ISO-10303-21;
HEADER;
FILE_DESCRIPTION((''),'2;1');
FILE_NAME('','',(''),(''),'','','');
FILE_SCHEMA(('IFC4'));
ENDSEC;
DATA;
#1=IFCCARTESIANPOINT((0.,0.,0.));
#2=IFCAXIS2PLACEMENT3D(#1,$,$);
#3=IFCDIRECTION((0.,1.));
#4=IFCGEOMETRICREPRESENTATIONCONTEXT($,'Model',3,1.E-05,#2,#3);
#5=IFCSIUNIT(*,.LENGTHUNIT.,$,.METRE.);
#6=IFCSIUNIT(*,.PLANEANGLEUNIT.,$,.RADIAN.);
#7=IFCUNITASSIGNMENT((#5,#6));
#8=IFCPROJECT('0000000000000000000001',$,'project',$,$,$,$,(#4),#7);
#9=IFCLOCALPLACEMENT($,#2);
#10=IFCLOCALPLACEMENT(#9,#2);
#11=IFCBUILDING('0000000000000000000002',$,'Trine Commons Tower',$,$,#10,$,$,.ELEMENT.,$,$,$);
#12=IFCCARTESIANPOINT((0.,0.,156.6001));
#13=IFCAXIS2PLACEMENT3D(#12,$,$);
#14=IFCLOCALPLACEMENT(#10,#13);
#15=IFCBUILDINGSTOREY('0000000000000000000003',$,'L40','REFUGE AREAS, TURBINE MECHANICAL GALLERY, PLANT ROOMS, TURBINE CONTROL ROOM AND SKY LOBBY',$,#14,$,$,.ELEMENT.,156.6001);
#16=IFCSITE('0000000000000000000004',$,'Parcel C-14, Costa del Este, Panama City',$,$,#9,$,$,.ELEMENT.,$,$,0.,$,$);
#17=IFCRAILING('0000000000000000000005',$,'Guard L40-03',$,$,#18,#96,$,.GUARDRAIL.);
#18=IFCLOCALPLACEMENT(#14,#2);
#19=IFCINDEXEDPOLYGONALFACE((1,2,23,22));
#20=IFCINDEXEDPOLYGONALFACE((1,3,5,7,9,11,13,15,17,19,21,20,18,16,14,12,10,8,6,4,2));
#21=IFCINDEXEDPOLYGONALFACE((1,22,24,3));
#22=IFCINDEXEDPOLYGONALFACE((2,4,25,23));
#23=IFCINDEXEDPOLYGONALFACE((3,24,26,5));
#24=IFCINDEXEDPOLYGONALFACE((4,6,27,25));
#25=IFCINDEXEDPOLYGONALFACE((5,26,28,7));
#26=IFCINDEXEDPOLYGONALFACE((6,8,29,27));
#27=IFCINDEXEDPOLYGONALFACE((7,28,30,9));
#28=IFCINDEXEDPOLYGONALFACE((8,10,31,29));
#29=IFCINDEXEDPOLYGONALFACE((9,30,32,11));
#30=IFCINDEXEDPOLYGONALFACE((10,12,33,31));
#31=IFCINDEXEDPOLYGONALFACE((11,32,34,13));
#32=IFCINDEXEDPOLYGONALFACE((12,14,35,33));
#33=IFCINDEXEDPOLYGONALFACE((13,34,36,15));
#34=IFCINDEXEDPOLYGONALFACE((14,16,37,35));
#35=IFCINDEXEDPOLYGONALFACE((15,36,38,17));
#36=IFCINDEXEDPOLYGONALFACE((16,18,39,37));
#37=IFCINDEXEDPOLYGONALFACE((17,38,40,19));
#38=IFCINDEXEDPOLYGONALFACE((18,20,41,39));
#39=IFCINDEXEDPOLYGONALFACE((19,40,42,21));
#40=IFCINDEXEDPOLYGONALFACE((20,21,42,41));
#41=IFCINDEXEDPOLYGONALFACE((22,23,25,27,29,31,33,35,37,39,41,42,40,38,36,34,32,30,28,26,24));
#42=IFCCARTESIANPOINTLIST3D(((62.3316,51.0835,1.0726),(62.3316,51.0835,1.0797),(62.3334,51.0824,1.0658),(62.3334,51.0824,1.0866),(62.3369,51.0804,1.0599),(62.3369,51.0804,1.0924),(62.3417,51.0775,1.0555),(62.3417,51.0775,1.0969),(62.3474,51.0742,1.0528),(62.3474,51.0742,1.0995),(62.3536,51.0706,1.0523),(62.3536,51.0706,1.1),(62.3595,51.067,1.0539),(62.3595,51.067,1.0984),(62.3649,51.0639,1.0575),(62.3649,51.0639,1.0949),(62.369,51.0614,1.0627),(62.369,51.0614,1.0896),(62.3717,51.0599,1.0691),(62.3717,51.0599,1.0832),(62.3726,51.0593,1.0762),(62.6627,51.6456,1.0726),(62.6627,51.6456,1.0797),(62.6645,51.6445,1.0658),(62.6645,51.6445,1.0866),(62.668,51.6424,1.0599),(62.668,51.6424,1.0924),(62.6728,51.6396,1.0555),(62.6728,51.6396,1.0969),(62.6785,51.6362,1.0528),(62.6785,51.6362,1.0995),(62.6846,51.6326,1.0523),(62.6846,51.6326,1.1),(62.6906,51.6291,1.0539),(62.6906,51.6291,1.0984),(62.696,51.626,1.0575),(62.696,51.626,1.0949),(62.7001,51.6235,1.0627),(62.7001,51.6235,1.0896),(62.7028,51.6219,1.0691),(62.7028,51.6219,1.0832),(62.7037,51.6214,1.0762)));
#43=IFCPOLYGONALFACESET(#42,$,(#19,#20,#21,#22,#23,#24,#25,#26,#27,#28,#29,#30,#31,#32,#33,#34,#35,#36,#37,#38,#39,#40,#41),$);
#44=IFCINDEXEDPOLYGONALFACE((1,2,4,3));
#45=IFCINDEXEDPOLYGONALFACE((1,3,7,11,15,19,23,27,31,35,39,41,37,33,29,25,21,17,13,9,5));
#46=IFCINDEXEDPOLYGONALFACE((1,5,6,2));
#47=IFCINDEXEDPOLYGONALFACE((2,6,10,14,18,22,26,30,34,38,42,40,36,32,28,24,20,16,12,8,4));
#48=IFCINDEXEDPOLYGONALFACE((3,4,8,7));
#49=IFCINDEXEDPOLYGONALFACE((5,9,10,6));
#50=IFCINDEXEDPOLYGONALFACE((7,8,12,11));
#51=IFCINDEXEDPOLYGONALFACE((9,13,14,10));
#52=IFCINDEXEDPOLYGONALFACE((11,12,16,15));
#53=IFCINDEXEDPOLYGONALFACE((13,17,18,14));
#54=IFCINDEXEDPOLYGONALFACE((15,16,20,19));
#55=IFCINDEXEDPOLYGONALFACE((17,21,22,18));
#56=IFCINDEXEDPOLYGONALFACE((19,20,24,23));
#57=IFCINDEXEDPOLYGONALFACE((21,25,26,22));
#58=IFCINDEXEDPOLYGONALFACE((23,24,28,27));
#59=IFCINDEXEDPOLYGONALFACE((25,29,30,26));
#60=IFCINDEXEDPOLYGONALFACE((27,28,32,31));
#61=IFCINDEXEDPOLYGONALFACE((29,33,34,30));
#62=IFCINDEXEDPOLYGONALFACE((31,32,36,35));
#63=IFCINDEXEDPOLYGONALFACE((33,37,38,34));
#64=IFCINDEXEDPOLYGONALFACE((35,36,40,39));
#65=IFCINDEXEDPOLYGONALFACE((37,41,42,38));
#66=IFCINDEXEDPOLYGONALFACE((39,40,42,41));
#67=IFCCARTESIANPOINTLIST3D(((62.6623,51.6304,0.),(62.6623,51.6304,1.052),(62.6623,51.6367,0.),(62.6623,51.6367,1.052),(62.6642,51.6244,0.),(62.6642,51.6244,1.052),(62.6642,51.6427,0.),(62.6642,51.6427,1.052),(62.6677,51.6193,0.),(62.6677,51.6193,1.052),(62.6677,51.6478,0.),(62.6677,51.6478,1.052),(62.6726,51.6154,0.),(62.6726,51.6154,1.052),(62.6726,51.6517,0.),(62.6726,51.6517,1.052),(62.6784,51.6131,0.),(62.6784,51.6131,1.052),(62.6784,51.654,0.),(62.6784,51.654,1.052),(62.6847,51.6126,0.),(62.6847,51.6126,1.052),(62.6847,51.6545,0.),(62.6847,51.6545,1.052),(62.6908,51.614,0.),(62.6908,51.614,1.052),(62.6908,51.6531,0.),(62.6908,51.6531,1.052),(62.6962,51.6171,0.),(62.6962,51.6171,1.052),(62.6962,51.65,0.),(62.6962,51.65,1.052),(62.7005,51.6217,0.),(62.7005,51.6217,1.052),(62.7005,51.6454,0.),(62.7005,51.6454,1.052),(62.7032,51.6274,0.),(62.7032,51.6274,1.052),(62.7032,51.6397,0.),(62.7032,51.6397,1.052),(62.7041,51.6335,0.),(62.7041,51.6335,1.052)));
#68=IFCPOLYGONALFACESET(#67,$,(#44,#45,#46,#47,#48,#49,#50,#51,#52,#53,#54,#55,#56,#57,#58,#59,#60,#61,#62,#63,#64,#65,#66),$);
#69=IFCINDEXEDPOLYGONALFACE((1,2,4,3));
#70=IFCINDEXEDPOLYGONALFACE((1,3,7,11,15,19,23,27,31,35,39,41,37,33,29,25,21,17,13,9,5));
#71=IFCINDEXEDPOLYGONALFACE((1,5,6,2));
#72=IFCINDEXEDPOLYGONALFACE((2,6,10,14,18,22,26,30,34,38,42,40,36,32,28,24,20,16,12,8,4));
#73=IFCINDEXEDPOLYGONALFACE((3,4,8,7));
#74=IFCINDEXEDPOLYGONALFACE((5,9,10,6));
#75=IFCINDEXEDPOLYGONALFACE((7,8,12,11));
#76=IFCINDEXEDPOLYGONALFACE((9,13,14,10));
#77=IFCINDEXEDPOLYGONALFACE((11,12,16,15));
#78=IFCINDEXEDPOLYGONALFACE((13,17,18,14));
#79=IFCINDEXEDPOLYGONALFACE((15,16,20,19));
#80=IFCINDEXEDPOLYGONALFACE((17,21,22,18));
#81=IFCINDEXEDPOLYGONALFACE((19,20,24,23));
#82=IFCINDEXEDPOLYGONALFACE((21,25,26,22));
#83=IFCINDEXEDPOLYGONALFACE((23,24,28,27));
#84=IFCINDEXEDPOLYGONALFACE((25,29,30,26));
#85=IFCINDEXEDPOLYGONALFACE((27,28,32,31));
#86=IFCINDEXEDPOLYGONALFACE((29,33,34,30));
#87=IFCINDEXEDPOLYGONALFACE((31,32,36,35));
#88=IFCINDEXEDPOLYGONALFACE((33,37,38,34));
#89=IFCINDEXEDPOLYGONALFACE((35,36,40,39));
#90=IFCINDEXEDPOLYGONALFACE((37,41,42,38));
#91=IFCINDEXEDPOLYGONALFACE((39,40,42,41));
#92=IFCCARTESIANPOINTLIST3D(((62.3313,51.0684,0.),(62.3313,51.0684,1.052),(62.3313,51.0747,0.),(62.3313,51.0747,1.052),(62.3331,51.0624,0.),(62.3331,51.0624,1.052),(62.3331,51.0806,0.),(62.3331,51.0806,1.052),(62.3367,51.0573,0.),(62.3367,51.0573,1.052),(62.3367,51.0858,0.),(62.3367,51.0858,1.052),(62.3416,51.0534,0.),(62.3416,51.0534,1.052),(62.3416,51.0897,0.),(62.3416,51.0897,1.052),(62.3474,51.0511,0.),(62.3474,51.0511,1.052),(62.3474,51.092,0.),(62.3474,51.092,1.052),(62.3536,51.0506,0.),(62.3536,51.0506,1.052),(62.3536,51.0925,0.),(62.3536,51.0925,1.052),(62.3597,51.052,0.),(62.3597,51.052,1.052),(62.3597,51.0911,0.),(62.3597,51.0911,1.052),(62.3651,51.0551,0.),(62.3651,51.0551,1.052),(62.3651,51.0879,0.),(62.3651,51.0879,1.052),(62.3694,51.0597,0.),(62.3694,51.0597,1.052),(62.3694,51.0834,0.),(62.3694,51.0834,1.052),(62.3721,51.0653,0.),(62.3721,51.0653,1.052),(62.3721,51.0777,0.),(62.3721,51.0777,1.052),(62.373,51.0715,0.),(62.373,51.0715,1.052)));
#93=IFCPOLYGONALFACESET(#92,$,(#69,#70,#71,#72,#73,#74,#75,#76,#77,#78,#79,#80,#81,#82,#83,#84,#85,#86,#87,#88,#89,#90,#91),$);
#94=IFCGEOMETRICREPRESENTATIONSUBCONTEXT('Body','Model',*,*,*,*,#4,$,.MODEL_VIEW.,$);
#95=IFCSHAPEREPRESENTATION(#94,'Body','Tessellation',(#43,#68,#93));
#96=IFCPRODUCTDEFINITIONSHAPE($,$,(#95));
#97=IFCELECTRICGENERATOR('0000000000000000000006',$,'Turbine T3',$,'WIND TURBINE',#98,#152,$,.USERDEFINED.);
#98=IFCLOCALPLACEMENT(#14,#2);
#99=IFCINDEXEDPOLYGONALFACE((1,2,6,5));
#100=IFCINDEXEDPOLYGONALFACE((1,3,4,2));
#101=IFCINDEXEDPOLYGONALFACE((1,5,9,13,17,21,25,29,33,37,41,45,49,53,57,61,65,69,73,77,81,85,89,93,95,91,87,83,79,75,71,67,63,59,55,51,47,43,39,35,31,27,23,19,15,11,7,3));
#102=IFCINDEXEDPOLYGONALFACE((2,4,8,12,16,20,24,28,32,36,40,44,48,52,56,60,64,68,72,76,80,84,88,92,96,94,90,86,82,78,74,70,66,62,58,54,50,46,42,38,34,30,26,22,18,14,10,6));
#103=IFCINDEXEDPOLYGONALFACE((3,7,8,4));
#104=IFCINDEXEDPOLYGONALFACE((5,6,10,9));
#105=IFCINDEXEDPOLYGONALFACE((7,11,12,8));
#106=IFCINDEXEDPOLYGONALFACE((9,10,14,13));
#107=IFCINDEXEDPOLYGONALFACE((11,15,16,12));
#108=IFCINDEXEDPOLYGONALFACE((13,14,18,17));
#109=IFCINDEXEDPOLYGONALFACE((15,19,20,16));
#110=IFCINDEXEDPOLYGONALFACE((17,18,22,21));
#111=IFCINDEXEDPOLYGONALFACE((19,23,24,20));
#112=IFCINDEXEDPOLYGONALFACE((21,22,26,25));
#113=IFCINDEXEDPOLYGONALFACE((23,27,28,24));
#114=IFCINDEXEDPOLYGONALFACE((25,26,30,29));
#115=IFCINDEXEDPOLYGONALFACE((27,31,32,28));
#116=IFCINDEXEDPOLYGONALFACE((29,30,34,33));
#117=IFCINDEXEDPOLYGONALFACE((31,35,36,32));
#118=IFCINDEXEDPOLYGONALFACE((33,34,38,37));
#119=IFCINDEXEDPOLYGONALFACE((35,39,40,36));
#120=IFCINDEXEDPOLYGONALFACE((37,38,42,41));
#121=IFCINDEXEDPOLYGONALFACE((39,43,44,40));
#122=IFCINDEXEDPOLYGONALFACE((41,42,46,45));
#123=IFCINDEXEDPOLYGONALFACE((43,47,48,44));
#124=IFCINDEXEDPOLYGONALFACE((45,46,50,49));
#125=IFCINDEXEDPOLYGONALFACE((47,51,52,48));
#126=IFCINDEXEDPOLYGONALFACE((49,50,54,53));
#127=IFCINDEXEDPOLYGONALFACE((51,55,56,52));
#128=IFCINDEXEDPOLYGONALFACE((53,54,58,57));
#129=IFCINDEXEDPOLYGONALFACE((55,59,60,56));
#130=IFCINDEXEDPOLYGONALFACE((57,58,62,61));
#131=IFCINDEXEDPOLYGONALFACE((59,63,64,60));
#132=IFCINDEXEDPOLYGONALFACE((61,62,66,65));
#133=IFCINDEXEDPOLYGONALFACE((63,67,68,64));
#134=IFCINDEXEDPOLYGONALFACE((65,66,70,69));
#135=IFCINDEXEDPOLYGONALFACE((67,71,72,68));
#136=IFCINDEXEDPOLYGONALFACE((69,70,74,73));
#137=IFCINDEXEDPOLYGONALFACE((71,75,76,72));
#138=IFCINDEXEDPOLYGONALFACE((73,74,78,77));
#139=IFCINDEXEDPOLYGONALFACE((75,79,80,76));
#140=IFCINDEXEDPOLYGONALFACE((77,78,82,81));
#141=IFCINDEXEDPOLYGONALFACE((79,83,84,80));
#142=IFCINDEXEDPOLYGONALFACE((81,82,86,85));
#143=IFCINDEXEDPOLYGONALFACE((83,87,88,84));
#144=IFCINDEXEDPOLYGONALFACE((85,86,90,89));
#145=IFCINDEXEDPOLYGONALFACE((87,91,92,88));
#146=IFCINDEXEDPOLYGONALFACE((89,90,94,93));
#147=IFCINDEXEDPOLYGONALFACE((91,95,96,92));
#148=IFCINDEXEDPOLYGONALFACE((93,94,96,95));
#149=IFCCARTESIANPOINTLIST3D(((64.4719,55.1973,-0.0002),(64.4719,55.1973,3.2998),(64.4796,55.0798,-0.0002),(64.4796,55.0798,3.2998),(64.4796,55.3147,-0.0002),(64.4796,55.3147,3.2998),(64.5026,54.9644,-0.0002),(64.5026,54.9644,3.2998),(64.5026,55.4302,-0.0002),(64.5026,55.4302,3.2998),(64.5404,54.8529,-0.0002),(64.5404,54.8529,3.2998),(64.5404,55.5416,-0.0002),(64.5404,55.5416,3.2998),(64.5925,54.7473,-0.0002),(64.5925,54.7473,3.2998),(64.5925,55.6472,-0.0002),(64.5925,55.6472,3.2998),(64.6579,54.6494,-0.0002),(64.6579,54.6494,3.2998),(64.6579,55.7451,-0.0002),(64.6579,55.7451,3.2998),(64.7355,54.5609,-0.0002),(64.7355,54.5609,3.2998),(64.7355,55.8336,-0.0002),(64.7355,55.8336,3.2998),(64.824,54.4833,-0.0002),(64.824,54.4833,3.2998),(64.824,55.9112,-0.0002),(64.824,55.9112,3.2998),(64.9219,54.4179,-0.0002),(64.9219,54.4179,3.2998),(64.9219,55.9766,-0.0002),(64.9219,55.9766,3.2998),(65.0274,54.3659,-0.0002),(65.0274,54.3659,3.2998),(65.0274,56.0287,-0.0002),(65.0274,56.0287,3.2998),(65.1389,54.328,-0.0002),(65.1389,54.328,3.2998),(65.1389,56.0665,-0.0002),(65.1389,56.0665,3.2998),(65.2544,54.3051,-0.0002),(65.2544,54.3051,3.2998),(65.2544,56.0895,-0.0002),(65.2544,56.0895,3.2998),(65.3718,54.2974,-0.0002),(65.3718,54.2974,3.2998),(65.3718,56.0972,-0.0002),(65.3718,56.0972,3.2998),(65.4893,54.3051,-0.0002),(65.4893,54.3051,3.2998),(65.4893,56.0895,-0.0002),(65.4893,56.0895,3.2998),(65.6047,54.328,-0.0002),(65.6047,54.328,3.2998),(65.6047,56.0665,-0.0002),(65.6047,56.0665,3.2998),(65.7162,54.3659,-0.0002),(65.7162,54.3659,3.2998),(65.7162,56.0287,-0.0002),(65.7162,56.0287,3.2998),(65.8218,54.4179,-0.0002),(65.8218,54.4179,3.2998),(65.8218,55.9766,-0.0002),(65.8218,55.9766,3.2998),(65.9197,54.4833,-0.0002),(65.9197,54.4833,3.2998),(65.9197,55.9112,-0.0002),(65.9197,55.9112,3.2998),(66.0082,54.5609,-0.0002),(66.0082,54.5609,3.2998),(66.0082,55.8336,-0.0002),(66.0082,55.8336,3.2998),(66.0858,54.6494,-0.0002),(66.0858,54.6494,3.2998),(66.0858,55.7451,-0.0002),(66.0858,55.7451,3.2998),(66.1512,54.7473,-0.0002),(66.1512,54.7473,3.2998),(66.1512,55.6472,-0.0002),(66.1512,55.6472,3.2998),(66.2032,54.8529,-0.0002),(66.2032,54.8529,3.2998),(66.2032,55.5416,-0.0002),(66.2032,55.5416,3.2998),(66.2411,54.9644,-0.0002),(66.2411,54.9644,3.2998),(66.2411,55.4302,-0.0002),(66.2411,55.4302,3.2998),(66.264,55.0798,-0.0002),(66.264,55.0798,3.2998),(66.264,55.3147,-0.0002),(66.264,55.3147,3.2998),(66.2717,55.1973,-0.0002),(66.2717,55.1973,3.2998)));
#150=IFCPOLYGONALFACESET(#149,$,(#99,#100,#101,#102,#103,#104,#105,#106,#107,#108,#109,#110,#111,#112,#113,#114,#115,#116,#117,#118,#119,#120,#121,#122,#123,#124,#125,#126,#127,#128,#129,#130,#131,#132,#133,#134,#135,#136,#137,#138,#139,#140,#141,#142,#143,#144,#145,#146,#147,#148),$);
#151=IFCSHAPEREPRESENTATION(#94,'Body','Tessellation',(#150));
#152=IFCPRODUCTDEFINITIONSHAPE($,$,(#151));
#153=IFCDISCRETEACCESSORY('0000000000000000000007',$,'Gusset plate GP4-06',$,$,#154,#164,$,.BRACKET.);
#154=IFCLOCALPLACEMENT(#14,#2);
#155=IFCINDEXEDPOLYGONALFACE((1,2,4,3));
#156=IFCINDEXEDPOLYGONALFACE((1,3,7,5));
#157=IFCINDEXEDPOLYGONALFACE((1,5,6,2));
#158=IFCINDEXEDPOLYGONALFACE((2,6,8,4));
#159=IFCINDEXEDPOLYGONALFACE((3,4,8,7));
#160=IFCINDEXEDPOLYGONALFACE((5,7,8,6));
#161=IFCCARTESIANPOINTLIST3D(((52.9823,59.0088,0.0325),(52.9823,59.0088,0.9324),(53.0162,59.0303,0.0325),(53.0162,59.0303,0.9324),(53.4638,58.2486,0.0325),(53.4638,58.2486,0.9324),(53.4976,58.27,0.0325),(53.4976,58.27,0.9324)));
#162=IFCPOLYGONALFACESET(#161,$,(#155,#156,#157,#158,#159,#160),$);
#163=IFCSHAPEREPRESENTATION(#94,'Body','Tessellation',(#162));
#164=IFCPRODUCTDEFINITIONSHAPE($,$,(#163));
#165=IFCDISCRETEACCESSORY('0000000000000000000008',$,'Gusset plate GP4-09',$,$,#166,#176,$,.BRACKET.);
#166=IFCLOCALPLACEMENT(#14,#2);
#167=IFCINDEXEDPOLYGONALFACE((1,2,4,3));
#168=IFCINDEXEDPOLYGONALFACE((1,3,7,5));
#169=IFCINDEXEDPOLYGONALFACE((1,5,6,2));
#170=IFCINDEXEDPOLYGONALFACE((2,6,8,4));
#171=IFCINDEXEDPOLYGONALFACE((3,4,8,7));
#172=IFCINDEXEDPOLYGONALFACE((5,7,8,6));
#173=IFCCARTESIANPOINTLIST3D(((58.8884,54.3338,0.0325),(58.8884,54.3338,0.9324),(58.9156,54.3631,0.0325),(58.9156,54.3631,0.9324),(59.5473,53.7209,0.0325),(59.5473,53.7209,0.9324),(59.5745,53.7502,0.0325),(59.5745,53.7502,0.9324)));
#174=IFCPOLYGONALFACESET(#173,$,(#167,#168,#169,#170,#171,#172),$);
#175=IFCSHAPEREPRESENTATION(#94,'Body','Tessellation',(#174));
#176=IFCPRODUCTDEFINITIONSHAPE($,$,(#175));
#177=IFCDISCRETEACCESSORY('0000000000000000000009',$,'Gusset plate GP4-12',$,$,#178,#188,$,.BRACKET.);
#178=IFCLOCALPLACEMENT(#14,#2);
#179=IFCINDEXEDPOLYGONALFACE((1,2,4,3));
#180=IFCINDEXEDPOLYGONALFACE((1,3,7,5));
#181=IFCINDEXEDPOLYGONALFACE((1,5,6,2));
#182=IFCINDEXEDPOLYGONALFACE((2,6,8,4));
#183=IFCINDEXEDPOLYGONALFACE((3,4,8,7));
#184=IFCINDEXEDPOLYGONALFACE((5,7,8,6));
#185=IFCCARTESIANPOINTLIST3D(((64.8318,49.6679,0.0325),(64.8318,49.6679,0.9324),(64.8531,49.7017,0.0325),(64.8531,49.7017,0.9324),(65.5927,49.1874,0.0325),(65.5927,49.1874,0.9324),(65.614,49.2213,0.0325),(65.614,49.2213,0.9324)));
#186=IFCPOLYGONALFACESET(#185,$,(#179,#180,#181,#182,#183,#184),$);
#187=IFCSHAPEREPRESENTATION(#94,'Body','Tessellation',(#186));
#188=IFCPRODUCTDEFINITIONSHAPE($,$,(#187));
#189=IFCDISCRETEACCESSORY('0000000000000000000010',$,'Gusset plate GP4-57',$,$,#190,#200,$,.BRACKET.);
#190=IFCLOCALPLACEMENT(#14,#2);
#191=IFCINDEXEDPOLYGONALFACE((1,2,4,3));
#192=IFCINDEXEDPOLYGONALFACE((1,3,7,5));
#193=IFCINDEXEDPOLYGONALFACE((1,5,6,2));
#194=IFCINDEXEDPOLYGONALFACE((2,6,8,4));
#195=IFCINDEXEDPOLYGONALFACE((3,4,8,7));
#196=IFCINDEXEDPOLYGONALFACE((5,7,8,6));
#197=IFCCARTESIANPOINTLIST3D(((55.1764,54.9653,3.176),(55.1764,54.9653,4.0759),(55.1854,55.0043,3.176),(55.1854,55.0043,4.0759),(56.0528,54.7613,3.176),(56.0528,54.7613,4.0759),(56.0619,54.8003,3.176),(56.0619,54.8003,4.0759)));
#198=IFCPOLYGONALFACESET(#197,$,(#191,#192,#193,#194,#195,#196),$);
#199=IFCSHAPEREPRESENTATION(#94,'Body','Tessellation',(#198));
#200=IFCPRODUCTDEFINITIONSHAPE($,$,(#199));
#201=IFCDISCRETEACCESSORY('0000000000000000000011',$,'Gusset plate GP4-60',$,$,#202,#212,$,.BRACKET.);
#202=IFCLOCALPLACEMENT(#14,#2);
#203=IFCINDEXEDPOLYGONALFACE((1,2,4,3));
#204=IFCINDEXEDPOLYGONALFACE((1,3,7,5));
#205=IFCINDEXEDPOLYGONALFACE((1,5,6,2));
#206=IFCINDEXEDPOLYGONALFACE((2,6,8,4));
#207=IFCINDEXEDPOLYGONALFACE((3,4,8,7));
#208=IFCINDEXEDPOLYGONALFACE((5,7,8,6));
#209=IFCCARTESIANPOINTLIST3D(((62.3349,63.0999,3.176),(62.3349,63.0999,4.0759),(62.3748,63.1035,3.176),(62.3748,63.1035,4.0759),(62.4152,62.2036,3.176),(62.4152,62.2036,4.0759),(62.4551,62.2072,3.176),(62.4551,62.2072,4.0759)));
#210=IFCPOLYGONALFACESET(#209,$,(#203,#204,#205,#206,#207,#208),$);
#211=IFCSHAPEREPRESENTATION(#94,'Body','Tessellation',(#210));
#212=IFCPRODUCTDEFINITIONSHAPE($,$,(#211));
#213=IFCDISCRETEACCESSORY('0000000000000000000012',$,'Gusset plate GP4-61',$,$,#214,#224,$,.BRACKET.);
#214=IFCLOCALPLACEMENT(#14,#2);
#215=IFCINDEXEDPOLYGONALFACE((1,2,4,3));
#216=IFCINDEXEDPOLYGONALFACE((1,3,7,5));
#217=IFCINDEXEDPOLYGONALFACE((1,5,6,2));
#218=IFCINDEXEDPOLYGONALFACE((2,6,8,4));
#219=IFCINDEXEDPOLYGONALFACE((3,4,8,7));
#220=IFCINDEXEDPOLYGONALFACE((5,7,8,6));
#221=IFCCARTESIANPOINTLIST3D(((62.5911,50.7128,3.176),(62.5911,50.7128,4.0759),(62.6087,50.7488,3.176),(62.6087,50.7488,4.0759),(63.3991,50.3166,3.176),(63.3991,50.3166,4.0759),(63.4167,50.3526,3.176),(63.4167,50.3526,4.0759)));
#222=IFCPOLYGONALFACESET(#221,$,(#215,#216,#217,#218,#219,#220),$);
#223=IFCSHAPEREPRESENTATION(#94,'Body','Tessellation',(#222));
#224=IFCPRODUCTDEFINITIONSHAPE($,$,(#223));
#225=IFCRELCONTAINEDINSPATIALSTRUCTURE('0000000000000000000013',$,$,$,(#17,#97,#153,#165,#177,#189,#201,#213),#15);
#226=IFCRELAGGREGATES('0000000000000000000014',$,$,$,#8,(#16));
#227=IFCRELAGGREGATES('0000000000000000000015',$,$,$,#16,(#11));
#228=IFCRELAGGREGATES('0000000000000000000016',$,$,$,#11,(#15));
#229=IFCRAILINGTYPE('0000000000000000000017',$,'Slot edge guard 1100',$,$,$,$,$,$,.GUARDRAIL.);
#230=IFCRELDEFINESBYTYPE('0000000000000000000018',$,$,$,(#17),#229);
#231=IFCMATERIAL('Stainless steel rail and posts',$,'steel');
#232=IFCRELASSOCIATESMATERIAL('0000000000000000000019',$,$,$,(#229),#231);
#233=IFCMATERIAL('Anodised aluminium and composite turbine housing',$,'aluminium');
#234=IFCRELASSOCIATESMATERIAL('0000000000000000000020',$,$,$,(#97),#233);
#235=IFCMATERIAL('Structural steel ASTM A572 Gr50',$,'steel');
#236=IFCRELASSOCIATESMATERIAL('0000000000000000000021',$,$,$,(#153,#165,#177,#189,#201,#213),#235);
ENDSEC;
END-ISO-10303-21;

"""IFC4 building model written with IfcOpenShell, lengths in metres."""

from ifc_helpers import new_model, si_unit, direction, frame, origin, origin_2d, place, context, subcontext, project, spatial, rectangle, circle, extrude, material, type_object, element, save


model = new_model("IFC4")

# Units and contexts
model_context = context("Model", 3, precision=1e-05, world=origin(), true_north=direction((0.0, 1.0)))
body_context = subcontext(model_context, "Body", "Model", "MODEL_VIEW")
ifc_project = project(units=[si_unit("LENGTHUNIT", "METRE"), si_unit("PLANEANGLEUNIT", "RADIAN")], contexts=[model_context])

# Site, building, storey
site_placement = place(None, origin())
site = spatial("IfcSite", under=ifc_project, at=site_placement, Name="Parcel C-14, Costa del Este, Panama City", CompositionType="ELEMENT", RefElevation=0.0)
building_placement = place(site_placement, origin())
building = spatial("IfcBuilding", under=site, at=building_placement, Name="Trine Commons Tower", CompositionType="ELEMENT")
storey_placement = place(building_placement, frame((0.0, 0.0, 156.6001)))
storey = spatial("IfcBuildingStorey", under=building, at=storey_placement, Name="L40", Description="REFUGE AREAS, TURBINE MECHANICAL GALLERY, PLANT ROOMS, TURBINE CONTROL ROOM AND SKY LOBBY", CompositionType="ELEMENT", Elevation=156.6001)

# Railing
ifc_material_1 = material(Name="Stainless steel rail and posts", Category="steel")
railing_type = type_object("IfcRailingType", Name="Slot edge guard 1100", PredefinedType="GUARDRAIL", material=ifc_material_1)
railing_1_placement = place(storey_placement, frame((62.6831, 51.6335, 0.0)))
element("IfcRailing", 1, at=railing_1_placement, inside=storey, type_object=railing_type, Name="Guard L40-03", PredefinedType="GUARDRAIL", context=body_context, shape_type="SweptSolid", body=[
    extrude(circle(Radius=0.0239, at=origin_2d()), frame((0.0, 0.0, 1.0762), z_axis=(-0.507543, -0.861626, 0.0), x_axis=(0.861626, -0.507543, 0.0)), (0.0, 0.0, 1.0), 0.6523),
    extrude(circle(Radius=0.021, at=origin_2d()), origin(), (0.0, 0.0, 1.0), 1.052),
    extrude(circle(Radius=0.021, at=origin_2d()), frame((-0.3311, -0.562, 0.0)), (0.0, 0.0, 1.0), 1.052),
])

# Electric generator
ifc_material_2 = material(Name="Anodised aluminium and composite turbine housing", Category="aluminium")
electric_generator_placement = place(storey_placement, frame((65.3718, 55.1973, 3.2998), z_axis=(0.0, 0.0, -1.0), x_axis=(1.0, 0.0, 0.0)))
element("IfcElectricGenerator", 2, at=electric_generator_placement, inside=storey, material=ifc_material_2, Name="Turbine T3", ObjectType="WIND TURBINE", PredefinedType="USERDEFINED", context=body_context, shape_type="SweptSolid", body=[
    extrude(circle(Radius=0.8999, at=origin_2d()), origin(), (0.0, 0.0, 1.0), 3.3),
])

# Discrete accessories
ifc_material_3 = material(Name="Structural steel ASTM A572 Gr50", Category="steel")
for number, where, z_axis, x_axis, name in (
    (3, (53.24, 58.6394, 0.0325), (0.0, 0.0, 1.0), (0.535016, -0.844842, 0.0), "Gusset plate GP4-06"),
    (4, (59.2314, 54.042, 0.0325), (0.0, 0.0, 1.0), (0.732174, -0.681117, 0.0), "Gusset plate GP4-09"),
    (5, (65.2229, 49.4446, 0.0325), (0.0, 0.0, 1.0), (0.845542, -0.53391, 0.0), "Gusset plate GP4-12"),
    (6, (55.6191, 54.8828, 3.176), (0.0, 0.0, 1.0), (-0.973976, 0.226651, 0.0), "Gusset plate GP4-57"),
    (7, (62.395, 62.6536, 3.176), (0.0, 0.0, 1.0), (0.089225, -0.996012, 0.0), "Gusset plate GP4-60"),
    (8, (63.0039, 50.5327, 3.176), (0.0, 0.0, 1.0), (-0.897866, 0.440268, 0.0), "Gusset plate GP4-61"),
):
    element("IfcDiscreteAccessory", number, at=place(storey_placement, frame(where, z_axis=z_axis, x_axis=x_axis)), inside=storey, material=ifc_material_3, Name=name, PredefinedType="BRACKET", context=body_context, shape_type="SweptSolid", body=[
        extrude(rectangle(XDim=0.8999, YDim=0.04, at=origin_2d()), origin(), (0.0, 0.0, 1.0), 0.8999),
    ])

save(model, "model.ifc")
